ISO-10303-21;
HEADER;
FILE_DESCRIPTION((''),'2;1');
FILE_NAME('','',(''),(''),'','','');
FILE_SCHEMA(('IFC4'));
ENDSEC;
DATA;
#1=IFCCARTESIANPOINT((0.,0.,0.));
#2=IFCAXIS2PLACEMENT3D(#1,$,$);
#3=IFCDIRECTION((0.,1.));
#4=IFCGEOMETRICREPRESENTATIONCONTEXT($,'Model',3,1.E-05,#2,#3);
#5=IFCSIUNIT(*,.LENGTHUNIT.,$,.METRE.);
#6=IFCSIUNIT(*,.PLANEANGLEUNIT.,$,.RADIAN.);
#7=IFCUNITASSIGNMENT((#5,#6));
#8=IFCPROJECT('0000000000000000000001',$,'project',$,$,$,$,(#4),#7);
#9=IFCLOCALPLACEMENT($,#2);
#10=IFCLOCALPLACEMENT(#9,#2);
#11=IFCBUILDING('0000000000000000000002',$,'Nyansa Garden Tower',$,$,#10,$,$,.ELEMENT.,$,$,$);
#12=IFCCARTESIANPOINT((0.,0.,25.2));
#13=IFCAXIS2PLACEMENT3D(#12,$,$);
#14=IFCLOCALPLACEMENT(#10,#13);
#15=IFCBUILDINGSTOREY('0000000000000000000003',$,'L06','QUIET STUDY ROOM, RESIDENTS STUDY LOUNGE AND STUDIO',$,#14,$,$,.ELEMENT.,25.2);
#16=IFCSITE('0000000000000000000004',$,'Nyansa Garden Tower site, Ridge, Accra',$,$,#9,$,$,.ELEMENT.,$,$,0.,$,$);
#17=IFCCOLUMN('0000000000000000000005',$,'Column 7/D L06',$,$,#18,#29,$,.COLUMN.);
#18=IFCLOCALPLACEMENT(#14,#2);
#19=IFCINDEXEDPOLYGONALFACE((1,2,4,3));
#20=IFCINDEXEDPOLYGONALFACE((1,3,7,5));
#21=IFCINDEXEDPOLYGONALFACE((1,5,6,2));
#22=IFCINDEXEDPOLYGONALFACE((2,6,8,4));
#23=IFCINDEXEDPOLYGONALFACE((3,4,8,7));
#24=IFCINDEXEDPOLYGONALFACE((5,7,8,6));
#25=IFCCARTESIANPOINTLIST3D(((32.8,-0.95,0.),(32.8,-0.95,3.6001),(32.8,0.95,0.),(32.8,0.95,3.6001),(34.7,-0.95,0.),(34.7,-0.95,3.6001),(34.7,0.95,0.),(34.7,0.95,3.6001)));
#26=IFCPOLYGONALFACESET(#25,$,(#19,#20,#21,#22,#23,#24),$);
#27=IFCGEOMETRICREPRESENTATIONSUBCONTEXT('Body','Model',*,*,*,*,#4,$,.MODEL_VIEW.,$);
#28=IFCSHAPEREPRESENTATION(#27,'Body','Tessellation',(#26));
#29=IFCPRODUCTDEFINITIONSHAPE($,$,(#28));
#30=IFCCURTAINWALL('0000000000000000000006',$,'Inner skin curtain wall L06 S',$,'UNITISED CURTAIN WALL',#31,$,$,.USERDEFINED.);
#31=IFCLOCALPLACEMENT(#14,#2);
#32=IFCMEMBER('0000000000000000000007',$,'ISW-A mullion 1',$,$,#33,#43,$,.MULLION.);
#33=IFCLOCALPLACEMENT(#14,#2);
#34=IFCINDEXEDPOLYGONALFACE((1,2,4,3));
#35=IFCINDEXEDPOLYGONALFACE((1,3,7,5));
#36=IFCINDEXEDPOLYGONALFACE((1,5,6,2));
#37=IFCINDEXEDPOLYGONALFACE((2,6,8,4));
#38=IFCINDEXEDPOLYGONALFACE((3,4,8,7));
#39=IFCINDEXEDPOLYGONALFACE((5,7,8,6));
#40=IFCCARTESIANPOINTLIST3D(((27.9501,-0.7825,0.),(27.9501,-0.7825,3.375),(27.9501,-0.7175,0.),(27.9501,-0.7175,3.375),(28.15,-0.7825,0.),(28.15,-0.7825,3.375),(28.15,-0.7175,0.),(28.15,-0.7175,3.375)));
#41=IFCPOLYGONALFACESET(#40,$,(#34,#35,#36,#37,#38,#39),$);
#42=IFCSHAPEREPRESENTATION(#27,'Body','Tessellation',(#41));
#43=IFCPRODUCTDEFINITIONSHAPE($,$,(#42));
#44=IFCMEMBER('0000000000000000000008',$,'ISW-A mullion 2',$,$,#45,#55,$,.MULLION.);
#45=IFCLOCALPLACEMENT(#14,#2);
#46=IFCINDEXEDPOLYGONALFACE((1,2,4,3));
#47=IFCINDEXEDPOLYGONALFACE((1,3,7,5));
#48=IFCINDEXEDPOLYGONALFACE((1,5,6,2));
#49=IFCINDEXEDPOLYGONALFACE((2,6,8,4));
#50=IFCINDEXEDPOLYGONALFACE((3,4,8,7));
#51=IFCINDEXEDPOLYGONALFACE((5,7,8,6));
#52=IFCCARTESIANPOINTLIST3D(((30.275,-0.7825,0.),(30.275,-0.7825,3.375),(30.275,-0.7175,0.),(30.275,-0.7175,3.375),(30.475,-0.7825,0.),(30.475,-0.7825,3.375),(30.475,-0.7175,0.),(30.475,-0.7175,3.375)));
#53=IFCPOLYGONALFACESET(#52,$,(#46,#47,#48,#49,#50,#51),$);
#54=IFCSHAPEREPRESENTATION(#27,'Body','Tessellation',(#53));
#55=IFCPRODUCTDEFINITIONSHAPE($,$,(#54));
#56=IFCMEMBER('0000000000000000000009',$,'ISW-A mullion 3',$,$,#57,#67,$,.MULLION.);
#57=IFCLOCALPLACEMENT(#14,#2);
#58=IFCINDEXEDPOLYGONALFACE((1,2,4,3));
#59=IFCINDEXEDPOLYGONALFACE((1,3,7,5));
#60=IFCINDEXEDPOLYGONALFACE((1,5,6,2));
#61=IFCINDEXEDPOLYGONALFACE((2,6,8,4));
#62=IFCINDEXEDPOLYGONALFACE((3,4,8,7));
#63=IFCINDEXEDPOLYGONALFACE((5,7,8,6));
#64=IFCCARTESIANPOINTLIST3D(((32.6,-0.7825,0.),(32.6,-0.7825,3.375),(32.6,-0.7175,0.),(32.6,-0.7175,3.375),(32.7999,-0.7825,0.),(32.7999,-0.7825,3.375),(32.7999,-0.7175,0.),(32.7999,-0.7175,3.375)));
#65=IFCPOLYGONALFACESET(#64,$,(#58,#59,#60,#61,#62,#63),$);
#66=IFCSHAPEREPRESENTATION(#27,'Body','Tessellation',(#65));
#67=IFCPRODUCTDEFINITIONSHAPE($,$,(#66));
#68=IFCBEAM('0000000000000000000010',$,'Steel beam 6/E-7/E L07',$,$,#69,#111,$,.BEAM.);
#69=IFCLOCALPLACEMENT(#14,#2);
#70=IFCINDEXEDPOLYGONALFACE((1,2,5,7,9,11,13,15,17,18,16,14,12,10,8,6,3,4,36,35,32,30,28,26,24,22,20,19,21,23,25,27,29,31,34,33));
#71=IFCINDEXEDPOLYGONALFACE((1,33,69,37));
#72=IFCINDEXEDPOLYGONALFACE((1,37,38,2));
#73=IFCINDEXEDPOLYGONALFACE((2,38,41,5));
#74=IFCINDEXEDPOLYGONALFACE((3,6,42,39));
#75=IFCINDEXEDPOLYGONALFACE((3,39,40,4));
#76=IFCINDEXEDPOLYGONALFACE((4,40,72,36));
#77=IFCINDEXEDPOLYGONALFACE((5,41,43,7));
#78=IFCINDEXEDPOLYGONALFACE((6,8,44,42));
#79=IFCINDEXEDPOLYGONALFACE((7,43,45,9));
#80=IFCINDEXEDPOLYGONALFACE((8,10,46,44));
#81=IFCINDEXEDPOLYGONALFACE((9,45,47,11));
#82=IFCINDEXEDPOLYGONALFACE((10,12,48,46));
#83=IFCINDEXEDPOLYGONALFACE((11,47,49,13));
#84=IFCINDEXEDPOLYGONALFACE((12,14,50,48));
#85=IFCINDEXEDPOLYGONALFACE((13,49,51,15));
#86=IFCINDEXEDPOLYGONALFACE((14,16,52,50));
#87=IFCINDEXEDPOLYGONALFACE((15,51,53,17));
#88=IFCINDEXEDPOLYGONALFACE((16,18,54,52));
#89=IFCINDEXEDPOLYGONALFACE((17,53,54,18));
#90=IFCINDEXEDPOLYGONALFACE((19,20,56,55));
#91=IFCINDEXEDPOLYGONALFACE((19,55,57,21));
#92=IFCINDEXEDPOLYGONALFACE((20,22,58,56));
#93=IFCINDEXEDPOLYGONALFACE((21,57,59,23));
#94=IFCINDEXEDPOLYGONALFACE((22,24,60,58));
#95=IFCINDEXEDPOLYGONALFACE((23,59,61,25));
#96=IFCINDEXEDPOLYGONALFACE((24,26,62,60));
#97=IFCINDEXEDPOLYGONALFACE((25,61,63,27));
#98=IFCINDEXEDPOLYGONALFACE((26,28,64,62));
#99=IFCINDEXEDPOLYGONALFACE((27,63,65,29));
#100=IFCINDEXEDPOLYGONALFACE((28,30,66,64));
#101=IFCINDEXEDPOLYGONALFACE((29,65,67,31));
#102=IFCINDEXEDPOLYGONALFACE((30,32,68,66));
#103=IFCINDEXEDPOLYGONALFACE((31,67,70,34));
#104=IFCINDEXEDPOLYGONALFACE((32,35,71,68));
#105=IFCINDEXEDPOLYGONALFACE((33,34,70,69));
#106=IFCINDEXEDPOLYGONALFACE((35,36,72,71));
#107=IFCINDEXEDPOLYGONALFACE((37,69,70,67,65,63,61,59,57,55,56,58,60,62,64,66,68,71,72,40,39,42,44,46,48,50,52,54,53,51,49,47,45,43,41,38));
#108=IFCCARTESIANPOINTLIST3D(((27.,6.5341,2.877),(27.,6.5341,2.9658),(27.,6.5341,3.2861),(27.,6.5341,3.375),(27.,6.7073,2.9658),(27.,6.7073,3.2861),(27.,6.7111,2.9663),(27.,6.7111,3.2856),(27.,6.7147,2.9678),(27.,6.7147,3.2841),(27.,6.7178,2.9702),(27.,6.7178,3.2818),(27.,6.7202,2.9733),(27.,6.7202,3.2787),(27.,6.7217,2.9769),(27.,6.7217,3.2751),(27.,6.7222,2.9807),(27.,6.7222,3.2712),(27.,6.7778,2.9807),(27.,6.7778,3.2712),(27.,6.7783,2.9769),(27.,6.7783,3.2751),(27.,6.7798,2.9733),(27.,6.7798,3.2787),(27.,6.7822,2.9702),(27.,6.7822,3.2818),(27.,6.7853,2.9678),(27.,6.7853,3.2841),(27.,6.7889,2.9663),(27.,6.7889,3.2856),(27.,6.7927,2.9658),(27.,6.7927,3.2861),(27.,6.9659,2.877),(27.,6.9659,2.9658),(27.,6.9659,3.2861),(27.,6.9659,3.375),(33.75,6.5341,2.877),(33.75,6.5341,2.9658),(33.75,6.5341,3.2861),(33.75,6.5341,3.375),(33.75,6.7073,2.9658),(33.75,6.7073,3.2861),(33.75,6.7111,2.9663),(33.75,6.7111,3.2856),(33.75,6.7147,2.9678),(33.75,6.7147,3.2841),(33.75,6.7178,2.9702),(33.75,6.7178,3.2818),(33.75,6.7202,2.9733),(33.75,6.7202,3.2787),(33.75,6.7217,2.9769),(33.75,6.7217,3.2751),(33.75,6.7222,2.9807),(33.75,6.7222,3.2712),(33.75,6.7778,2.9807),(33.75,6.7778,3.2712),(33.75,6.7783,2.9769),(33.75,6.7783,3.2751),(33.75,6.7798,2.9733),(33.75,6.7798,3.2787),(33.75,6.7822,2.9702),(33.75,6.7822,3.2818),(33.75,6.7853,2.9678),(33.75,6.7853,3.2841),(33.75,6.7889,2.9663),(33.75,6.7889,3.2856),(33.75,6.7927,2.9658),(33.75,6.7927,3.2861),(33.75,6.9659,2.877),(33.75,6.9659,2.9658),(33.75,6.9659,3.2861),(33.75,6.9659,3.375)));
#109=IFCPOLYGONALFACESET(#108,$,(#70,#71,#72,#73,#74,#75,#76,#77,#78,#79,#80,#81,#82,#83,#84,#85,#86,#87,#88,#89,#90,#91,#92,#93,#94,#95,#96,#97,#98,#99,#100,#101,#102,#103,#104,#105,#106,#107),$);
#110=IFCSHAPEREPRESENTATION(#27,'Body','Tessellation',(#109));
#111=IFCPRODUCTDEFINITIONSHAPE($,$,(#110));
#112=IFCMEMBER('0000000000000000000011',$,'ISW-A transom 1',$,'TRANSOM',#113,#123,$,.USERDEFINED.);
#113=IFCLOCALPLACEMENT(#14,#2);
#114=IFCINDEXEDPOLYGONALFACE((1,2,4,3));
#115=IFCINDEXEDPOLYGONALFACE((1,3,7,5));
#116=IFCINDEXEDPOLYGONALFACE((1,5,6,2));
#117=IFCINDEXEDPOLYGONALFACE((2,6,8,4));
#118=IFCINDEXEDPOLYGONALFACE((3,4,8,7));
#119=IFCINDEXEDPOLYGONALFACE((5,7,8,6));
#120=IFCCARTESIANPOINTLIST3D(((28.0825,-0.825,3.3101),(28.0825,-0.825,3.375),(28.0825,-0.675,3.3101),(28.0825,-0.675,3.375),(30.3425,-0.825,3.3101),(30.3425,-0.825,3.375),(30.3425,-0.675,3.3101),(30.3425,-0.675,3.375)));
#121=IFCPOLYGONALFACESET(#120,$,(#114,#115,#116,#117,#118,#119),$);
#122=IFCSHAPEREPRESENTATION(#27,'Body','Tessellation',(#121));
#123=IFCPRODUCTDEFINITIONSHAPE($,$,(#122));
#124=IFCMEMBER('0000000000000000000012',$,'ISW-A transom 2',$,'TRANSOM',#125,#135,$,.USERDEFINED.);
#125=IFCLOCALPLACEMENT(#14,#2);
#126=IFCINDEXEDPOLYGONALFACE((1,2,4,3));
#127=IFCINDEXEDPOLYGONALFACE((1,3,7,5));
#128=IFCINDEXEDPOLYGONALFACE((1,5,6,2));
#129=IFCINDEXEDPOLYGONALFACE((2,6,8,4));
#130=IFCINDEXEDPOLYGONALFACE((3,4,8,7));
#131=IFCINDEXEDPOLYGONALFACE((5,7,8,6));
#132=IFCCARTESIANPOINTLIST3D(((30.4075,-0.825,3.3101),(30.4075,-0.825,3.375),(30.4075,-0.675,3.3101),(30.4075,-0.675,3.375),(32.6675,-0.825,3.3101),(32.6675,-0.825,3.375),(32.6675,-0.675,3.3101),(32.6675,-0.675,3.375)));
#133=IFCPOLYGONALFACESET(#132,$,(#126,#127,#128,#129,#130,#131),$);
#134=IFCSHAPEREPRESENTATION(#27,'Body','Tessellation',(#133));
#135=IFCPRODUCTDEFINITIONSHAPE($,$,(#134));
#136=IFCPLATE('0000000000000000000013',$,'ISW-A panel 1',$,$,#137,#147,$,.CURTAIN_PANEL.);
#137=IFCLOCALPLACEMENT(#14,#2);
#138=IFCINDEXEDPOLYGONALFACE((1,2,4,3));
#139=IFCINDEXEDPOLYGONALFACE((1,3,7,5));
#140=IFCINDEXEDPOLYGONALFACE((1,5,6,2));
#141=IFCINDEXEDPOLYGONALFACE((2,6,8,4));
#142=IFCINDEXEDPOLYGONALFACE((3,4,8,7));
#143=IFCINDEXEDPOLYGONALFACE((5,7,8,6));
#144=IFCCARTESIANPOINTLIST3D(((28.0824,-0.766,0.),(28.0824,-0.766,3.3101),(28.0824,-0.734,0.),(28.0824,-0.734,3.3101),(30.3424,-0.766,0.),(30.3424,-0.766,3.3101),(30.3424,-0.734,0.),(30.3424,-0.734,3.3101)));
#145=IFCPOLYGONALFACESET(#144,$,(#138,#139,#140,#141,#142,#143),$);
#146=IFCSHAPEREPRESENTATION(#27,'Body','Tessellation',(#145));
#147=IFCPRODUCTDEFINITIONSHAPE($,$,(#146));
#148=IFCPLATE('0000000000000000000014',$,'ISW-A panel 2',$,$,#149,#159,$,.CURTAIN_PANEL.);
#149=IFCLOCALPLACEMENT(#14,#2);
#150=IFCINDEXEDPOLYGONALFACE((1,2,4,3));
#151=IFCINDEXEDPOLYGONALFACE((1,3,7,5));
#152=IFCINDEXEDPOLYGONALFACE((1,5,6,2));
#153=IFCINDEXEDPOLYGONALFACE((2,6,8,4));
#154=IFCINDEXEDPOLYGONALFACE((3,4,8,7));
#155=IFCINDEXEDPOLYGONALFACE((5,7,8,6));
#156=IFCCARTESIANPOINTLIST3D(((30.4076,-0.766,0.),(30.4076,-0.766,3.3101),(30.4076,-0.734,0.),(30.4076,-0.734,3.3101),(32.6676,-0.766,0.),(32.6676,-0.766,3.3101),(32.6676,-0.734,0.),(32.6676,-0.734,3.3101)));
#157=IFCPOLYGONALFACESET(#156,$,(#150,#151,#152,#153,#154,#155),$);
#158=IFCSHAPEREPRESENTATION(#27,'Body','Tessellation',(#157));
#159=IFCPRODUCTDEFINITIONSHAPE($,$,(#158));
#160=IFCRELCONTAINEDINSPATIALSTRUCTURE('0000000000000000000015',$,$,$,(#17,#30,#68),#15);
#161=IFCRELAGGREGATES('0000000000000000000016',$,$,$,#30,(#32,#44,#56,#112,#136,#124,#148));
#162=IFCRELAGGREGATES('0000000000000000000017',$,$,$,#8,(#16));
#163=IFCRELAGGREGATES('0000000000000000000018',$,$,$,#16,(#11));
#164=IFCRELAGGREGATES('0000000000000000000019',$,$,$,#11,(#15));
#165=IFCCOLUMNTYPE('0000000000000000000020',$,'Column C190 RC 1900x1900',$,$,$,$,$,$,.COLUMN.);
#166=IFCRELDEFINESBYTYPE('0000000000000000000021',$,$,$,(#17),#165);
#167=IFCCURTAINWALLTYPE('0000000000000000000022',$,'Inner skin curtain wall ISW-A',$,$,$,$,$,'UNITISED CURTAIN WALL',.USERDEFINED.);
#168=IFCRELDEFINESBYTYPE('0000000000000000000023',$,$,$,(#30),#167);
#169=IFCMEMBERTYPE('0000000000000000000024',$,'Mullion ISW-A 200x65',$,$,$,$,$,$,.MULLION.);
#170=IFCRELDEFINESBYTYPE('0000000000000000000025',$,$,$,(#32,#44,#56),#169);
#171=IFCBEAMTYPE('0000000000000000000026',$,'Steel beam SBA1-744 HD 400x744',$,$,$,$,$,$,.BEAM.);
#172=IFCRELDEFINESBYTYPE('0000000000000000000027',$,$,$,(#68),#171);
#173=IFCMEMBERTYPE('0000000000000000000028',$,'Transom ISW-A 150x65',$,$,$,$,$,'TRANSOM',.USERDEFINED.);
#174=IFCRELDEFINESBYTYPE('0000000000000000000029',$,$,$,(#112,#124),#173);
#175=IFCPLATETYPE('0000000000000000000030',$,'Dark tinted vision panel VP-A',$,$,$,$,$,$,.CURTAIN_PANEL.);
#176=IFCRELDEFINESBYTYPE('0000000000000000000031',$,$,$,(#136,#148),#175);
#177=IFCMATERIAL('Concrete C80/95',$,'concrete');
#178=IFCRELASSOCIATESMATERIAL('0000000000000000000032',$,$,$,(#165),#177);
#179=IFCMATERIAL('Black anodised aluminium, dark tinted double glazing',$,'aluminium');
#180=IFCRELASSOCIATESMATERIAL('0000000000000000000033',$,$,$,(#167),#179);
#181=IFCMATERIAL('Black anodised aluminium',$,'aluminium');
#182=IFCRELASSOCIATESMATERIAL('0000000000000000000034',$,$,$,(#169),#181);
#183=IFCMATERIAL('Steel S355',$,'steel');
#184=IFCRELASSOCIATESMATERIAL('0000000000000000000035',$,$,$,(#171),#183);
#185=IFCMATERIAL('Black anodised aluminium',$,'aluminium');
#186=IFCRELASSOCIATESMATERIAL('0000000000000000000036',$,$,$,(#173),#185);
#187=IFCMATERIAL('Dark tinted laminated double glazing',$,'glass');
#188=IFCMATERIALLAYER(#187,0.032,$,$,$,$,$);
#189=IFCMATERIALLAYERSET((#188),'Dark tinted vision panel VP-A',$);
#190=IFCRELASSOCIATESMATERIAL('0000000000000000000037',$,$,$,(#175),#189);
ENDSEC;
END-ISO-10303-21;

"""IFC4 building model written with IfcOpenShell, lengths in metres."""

from ifc_helpers import new_model, si_unit, direction, frame, origin, origin_2d, place, context, subcontext, project, spatial, rectangle, i_section, extrude, material, layer, layer_set, material_profile, profile_set, type_object, element, aggregate, save


model = new_model("IFC4")

# Units and contexts
model_context = context("Model", 3, precision=1e-05, world=origin(), true_north=direction((0.0, 1.0)))
body_context = subcontext(model_context, "Body", "Model", "MODEL_VIEW")
ifc_project = project(units=[si_unit("LENGTHUNIT", "METRE"), si_unit("PLANEANGLEUNIT", "RADIAN")], contexts=[model_context])

# Site, building, storey
site_placement = place(None, origin())
site = spatial("IfcSite", under=ifc_project, at=site_placement, Name="Nyansa Garden Tower site, Ridge, Accra", CompositionType="ELEMENT", RefElevation=0.0)
building_placement = place(site_placement, origin())
building = spatial("IfcBuilding", under=site, at=building_placement, Name="Nyansa Garden Tower", CompositionType="ELEMENT")
storey_placement = place(building_placement, frame((0.0, 0.0, 25.2)))
storey = spatial("IfcBuildingStorey", under=building, at=storey_placement, Name="L06", Description="QUIET STUDY ROOM, RESIDENTS STUDY LOUNGE AND STUDIO", CompositionType="ELEMENT", Elevation=25.2)

# Column
ifc_material_1 = material(Name="Concrete C80/95", Category="concrete")
ifc_material_profile_1 = material_profile(ifc_material_1, rectangle(XDim=1.8999, YDim=1.8999, at=origin_2d()), Name="RC 1900x1900")
ifc_profile_set_1 = profile_set([ifc_material_profile_1], Name="Concrete C80/95")
column_type = type_object("IfcColumnType", Name="Column C190 RC 1900x1900", PredefinedType="COLUMN", material=ifc_profile_set_1)
column_placement = place(storey_placement, frame((33.75, 0.0, 0.0), z_axis=(0.0, 0.0, 1.0), x_axis=(1.0, 0.0, 0.0)))
element("IfcColumn", 1, at=column_placement, inside=storey, type_object=column_type, Name="Column 7/D L06", PredefinedType="COLUMN", context=body_context, shape_type="SweptSolid", body=[
    extrude(rectangle(XDim=1.8999, YDim=1.8999, at=origin_2d()), origin(), (0.0, 0.0, 1.0), 3.6001),
])

# Curtain wall, members
ifc_material_2 = material(Name="Black anodised aluminium, dark tinted double glazing", Category="aluminium")
curtain_wall_type = type_object("IfcCurtainWallType", Name="Inner skin curtain wall ISW-A", ElementType="UNITISED CURTAIN WALL", PredefinedType="USERDEFINED", material=ifc_material_2)
curtain_wall_placement = place(storey_placement, origin())
curtain_wall = element("IfcCurtainWall", 2, at=curtain_wall_placement, inside=storey, type_object=curtain_wall_type, Name="Inner skin curtain wall L06 S", ObjectType="UNITISED CURTAIN WALL", PredefinedType="USERDEFINED")
ifc_material_3 = material(Name="Black anodised aluminium", Category="aluminium")
ifc_material_profile_2 = material_profile(ifc_material_3, rectangle(XDim=0.0649, YDim=0.2, at=origin_2d()), Name="Mullion 200x65")
ifc_profile_set_2 = profile_set([ifc_material_profile_2], Name="Black anodised aluminium")
member_type_1 = type_object("IfcMemberType", Name="Mullion ISW-A 200x65", PredefinedType="MULLION", material=ifc_profile_set_2)
member_1_placement = place(storey_placement, frame((28.05, -0.75, 0.0), z_axis=(0.0, 0.0, 1.0), x_axis=(0.0, 1.0, 0.0)))
member_1 = element("IfcMember", 3, at=member_1_placement, type_object=member_type_1, Name="ISW-A mullion 1", PredefinedType="MULLION", context=body_context, shape_type="SweptSolid", body=[
    extrude(rectangle(XDim=0.0649, YDim=0.2, at=origin_2d()), origin(), (0.0, 0.0, 1.0), 3.375),
])
member_2_placement = place(storey_placement, frame((30.375, -0.75, 0.0), z_axis=(0.0, 0.0, 1.0), x_axis=(0.0, 1.0, 0.0)))
member_2 = element("IfcMember", 4, at=member_2_placement, type_object=member_type_1, Name="ISW-A mullion 2", PredefinedType="MULLION", context=body_context, shape_type="SweptSolid", body=[
    extrude(rectangle(XDim=0.0649, YDim=0.2, at=origin_2d()), origin(), (0.0, 0.0, 1.0), 3.375),
])
member_3_placement = place(storey_placement, frame((32.7, -0.75, 0.0), z_axis=(0.0, 0.0, 1.0), x_axis=(0.0, 1.0, 0.0)))
member_3 = element("IfcMember", 5, at=member_3_placement, type_object=member_type_1, Name="ISW-A mullion 3", PredefinedType="MULLION", context=body_context, shape_type="SweptSolid", body=[
    extrude(rectangle(XDim=0.0649, YDim=0.2, at=origin_2d()), origin(), (0.0, 0.0, 1.0), 3.375),
])

# Beam
ifc_material_4 = material(Name="Steel S355", Category="steel")
ifc_material_profile_3 = material_profile(ifc_material_4, i_section(OverallWidth=0.4319, OverallDepth=0.498, WebThickness=0.0557, FlangeThickness=0.0889, FilletRadius=0.0149, at=origin_2d()), Name="HD 400x744")
ifc_profile_set_3 = profile_set([ifc_material_profile_3], Name="Steel S355")
beam_type = type_object("IfcBeamType", Name="Steel beam SBA1-744 HD 400x744", PredefinedType="BEAM", material=ifc_profile_set_3)
beam_placement = place(storey_placement, frame((27.0, 6.75, 3.126), z_axis=(1.0, 0.0, 0.0), x_axis=(0.0, 1.0, 0.0)))
element("IfcBeam", 6, at=beam_placement, inside=storey, type_object=beam_type, Name="Steel beam 6/E-7/E L07", PredefinedType="BEAM", context=body_context, shape_type="SweptSolid", body=[
    extrude(i_section(OverallWidth=0.4319, OverallDepth=0.498, WebThickness=0.0557, FlangeThickness=0.0889, FilletRadius=0.0149, at=origin_2d()), origin(), (0.0, 0.0, 1.0), 6.75),
])

# Members
ifc_material_5 = material(Name="Black anodised aluminium", Category="aluminium")
ifc_material_profile_4 = material_profile(ifc_material_5, rectangle(XDim=0.1499, YDim=0.0649, at=origin_2d()), Name="Transom 150x65")
ifc_profile_set_4 = profile_set([ifc_material_profile_4], Name="Black anodised aluminium")
member_type_2 = type_object("IfcMemberType", Name="Transom ISW-A 150x65", ElementType="TRANSOM", PredefinedType="USERDEFINED", material=ifc_profile_set_4)
member_4_placement = place(storey_placement, frame((28.0825, -0.75, 3.3425), z_axis=(1.0, 0.0, 0.0), x_axis=(0.0, 1.0, 0.0)))
member_4 = element("IfcMember", 7, at=member_4_placement, type_object=member_type_2, Name="ISW-A transom 1", ObjectType="TRANSOM", PredefinedType="USERDEFINED", context=body_context, shape_type="SweptSolid", body=[
    extrude(rectangle(XDim=0.1499, YDim=0.0649, at=origin_2d()), origin(), (0.0, 0.0, 1.0), 2.26),
])
member_5_placement = place(storey_placement, frame((30.4075, -0.75, 3.3425), z_axis=(1.0, 0.0, 0.0), x_axis=(0.0, 1.0, 0.0)))
member_5 = element("IfcMember", 8, at=member_5_placement, type_object=member_type_2, Name="ISW-A transom 2", ObjectType="TRANSOM", PredefinedType="USERDEFINED", context=body_context, shape_type="SweptSolid", body=[
    extrude(rectangle(XDim=0.1499, YDim=0.0649, at=origin_2d()), origin(), (0.0, 0.0, 1.0), 2.26),
])

# Plates
ifc_material_6 = material(Name="Dark tinted laminated double glazing", Category="glass")
ifc_layer_1 = layer(ifc_material_6, 0.032)
ifc_layer_set_1 = layer_set([ifc_layer_1], Name="Dark tinted vision panel VP-A")
plate_type = type_object("IfcPlateType", Name="Dark tinted vision panel VP-A", PredefinedType="CURTAIN_PANEL", material=ifc_layer_set_1)
plate_1_placement = place(storey_placement, frame((29.2124, -0.75, 0.0), z_axis=(0.0, 0.0, 1.0), x_axis=(1.0, 0.0, 0.0)))
plate_1 = element("IfcPlate", 9, at=plate_1_placement, type_object=plate_type, Name="ISW-A panel 1", PredefinedType="CURTAIN_PANEL", context=body_context, shape_type="SweptSolid", body=[
    extrude(rectangle(XDim=2.26, YDim=0.032, at=origin_2d()), origin(), (0.0, 0.0, 1.0), 3.3101),
])
plate_2_placement = place(storey_placement, frame((31.5376, -0.75, 0.0), z_axis=(0.0, 0.0, 1.0), x_axis=(1.0, 0.0, 0.0)))
plate_2 = element("IfcPlate", 10, at=plate_2_placement, type_object=plate_type, Name="ISW-A panel 2", PredefinedType="CURTAIN_PANEL", context=body_context, shape_type="SweptSolid", body=[
    extrude(rectangle(XDim=2.26, YDim=0.032, at=origin_2d()), origin(), (0.0, 0.0, 1.0), 3.3101),
])
aggregate(curtain_wall, [member_1, member_2, member_3, member_4, plate_1, member_5, plate_2])

save(model, "model.ifc")
